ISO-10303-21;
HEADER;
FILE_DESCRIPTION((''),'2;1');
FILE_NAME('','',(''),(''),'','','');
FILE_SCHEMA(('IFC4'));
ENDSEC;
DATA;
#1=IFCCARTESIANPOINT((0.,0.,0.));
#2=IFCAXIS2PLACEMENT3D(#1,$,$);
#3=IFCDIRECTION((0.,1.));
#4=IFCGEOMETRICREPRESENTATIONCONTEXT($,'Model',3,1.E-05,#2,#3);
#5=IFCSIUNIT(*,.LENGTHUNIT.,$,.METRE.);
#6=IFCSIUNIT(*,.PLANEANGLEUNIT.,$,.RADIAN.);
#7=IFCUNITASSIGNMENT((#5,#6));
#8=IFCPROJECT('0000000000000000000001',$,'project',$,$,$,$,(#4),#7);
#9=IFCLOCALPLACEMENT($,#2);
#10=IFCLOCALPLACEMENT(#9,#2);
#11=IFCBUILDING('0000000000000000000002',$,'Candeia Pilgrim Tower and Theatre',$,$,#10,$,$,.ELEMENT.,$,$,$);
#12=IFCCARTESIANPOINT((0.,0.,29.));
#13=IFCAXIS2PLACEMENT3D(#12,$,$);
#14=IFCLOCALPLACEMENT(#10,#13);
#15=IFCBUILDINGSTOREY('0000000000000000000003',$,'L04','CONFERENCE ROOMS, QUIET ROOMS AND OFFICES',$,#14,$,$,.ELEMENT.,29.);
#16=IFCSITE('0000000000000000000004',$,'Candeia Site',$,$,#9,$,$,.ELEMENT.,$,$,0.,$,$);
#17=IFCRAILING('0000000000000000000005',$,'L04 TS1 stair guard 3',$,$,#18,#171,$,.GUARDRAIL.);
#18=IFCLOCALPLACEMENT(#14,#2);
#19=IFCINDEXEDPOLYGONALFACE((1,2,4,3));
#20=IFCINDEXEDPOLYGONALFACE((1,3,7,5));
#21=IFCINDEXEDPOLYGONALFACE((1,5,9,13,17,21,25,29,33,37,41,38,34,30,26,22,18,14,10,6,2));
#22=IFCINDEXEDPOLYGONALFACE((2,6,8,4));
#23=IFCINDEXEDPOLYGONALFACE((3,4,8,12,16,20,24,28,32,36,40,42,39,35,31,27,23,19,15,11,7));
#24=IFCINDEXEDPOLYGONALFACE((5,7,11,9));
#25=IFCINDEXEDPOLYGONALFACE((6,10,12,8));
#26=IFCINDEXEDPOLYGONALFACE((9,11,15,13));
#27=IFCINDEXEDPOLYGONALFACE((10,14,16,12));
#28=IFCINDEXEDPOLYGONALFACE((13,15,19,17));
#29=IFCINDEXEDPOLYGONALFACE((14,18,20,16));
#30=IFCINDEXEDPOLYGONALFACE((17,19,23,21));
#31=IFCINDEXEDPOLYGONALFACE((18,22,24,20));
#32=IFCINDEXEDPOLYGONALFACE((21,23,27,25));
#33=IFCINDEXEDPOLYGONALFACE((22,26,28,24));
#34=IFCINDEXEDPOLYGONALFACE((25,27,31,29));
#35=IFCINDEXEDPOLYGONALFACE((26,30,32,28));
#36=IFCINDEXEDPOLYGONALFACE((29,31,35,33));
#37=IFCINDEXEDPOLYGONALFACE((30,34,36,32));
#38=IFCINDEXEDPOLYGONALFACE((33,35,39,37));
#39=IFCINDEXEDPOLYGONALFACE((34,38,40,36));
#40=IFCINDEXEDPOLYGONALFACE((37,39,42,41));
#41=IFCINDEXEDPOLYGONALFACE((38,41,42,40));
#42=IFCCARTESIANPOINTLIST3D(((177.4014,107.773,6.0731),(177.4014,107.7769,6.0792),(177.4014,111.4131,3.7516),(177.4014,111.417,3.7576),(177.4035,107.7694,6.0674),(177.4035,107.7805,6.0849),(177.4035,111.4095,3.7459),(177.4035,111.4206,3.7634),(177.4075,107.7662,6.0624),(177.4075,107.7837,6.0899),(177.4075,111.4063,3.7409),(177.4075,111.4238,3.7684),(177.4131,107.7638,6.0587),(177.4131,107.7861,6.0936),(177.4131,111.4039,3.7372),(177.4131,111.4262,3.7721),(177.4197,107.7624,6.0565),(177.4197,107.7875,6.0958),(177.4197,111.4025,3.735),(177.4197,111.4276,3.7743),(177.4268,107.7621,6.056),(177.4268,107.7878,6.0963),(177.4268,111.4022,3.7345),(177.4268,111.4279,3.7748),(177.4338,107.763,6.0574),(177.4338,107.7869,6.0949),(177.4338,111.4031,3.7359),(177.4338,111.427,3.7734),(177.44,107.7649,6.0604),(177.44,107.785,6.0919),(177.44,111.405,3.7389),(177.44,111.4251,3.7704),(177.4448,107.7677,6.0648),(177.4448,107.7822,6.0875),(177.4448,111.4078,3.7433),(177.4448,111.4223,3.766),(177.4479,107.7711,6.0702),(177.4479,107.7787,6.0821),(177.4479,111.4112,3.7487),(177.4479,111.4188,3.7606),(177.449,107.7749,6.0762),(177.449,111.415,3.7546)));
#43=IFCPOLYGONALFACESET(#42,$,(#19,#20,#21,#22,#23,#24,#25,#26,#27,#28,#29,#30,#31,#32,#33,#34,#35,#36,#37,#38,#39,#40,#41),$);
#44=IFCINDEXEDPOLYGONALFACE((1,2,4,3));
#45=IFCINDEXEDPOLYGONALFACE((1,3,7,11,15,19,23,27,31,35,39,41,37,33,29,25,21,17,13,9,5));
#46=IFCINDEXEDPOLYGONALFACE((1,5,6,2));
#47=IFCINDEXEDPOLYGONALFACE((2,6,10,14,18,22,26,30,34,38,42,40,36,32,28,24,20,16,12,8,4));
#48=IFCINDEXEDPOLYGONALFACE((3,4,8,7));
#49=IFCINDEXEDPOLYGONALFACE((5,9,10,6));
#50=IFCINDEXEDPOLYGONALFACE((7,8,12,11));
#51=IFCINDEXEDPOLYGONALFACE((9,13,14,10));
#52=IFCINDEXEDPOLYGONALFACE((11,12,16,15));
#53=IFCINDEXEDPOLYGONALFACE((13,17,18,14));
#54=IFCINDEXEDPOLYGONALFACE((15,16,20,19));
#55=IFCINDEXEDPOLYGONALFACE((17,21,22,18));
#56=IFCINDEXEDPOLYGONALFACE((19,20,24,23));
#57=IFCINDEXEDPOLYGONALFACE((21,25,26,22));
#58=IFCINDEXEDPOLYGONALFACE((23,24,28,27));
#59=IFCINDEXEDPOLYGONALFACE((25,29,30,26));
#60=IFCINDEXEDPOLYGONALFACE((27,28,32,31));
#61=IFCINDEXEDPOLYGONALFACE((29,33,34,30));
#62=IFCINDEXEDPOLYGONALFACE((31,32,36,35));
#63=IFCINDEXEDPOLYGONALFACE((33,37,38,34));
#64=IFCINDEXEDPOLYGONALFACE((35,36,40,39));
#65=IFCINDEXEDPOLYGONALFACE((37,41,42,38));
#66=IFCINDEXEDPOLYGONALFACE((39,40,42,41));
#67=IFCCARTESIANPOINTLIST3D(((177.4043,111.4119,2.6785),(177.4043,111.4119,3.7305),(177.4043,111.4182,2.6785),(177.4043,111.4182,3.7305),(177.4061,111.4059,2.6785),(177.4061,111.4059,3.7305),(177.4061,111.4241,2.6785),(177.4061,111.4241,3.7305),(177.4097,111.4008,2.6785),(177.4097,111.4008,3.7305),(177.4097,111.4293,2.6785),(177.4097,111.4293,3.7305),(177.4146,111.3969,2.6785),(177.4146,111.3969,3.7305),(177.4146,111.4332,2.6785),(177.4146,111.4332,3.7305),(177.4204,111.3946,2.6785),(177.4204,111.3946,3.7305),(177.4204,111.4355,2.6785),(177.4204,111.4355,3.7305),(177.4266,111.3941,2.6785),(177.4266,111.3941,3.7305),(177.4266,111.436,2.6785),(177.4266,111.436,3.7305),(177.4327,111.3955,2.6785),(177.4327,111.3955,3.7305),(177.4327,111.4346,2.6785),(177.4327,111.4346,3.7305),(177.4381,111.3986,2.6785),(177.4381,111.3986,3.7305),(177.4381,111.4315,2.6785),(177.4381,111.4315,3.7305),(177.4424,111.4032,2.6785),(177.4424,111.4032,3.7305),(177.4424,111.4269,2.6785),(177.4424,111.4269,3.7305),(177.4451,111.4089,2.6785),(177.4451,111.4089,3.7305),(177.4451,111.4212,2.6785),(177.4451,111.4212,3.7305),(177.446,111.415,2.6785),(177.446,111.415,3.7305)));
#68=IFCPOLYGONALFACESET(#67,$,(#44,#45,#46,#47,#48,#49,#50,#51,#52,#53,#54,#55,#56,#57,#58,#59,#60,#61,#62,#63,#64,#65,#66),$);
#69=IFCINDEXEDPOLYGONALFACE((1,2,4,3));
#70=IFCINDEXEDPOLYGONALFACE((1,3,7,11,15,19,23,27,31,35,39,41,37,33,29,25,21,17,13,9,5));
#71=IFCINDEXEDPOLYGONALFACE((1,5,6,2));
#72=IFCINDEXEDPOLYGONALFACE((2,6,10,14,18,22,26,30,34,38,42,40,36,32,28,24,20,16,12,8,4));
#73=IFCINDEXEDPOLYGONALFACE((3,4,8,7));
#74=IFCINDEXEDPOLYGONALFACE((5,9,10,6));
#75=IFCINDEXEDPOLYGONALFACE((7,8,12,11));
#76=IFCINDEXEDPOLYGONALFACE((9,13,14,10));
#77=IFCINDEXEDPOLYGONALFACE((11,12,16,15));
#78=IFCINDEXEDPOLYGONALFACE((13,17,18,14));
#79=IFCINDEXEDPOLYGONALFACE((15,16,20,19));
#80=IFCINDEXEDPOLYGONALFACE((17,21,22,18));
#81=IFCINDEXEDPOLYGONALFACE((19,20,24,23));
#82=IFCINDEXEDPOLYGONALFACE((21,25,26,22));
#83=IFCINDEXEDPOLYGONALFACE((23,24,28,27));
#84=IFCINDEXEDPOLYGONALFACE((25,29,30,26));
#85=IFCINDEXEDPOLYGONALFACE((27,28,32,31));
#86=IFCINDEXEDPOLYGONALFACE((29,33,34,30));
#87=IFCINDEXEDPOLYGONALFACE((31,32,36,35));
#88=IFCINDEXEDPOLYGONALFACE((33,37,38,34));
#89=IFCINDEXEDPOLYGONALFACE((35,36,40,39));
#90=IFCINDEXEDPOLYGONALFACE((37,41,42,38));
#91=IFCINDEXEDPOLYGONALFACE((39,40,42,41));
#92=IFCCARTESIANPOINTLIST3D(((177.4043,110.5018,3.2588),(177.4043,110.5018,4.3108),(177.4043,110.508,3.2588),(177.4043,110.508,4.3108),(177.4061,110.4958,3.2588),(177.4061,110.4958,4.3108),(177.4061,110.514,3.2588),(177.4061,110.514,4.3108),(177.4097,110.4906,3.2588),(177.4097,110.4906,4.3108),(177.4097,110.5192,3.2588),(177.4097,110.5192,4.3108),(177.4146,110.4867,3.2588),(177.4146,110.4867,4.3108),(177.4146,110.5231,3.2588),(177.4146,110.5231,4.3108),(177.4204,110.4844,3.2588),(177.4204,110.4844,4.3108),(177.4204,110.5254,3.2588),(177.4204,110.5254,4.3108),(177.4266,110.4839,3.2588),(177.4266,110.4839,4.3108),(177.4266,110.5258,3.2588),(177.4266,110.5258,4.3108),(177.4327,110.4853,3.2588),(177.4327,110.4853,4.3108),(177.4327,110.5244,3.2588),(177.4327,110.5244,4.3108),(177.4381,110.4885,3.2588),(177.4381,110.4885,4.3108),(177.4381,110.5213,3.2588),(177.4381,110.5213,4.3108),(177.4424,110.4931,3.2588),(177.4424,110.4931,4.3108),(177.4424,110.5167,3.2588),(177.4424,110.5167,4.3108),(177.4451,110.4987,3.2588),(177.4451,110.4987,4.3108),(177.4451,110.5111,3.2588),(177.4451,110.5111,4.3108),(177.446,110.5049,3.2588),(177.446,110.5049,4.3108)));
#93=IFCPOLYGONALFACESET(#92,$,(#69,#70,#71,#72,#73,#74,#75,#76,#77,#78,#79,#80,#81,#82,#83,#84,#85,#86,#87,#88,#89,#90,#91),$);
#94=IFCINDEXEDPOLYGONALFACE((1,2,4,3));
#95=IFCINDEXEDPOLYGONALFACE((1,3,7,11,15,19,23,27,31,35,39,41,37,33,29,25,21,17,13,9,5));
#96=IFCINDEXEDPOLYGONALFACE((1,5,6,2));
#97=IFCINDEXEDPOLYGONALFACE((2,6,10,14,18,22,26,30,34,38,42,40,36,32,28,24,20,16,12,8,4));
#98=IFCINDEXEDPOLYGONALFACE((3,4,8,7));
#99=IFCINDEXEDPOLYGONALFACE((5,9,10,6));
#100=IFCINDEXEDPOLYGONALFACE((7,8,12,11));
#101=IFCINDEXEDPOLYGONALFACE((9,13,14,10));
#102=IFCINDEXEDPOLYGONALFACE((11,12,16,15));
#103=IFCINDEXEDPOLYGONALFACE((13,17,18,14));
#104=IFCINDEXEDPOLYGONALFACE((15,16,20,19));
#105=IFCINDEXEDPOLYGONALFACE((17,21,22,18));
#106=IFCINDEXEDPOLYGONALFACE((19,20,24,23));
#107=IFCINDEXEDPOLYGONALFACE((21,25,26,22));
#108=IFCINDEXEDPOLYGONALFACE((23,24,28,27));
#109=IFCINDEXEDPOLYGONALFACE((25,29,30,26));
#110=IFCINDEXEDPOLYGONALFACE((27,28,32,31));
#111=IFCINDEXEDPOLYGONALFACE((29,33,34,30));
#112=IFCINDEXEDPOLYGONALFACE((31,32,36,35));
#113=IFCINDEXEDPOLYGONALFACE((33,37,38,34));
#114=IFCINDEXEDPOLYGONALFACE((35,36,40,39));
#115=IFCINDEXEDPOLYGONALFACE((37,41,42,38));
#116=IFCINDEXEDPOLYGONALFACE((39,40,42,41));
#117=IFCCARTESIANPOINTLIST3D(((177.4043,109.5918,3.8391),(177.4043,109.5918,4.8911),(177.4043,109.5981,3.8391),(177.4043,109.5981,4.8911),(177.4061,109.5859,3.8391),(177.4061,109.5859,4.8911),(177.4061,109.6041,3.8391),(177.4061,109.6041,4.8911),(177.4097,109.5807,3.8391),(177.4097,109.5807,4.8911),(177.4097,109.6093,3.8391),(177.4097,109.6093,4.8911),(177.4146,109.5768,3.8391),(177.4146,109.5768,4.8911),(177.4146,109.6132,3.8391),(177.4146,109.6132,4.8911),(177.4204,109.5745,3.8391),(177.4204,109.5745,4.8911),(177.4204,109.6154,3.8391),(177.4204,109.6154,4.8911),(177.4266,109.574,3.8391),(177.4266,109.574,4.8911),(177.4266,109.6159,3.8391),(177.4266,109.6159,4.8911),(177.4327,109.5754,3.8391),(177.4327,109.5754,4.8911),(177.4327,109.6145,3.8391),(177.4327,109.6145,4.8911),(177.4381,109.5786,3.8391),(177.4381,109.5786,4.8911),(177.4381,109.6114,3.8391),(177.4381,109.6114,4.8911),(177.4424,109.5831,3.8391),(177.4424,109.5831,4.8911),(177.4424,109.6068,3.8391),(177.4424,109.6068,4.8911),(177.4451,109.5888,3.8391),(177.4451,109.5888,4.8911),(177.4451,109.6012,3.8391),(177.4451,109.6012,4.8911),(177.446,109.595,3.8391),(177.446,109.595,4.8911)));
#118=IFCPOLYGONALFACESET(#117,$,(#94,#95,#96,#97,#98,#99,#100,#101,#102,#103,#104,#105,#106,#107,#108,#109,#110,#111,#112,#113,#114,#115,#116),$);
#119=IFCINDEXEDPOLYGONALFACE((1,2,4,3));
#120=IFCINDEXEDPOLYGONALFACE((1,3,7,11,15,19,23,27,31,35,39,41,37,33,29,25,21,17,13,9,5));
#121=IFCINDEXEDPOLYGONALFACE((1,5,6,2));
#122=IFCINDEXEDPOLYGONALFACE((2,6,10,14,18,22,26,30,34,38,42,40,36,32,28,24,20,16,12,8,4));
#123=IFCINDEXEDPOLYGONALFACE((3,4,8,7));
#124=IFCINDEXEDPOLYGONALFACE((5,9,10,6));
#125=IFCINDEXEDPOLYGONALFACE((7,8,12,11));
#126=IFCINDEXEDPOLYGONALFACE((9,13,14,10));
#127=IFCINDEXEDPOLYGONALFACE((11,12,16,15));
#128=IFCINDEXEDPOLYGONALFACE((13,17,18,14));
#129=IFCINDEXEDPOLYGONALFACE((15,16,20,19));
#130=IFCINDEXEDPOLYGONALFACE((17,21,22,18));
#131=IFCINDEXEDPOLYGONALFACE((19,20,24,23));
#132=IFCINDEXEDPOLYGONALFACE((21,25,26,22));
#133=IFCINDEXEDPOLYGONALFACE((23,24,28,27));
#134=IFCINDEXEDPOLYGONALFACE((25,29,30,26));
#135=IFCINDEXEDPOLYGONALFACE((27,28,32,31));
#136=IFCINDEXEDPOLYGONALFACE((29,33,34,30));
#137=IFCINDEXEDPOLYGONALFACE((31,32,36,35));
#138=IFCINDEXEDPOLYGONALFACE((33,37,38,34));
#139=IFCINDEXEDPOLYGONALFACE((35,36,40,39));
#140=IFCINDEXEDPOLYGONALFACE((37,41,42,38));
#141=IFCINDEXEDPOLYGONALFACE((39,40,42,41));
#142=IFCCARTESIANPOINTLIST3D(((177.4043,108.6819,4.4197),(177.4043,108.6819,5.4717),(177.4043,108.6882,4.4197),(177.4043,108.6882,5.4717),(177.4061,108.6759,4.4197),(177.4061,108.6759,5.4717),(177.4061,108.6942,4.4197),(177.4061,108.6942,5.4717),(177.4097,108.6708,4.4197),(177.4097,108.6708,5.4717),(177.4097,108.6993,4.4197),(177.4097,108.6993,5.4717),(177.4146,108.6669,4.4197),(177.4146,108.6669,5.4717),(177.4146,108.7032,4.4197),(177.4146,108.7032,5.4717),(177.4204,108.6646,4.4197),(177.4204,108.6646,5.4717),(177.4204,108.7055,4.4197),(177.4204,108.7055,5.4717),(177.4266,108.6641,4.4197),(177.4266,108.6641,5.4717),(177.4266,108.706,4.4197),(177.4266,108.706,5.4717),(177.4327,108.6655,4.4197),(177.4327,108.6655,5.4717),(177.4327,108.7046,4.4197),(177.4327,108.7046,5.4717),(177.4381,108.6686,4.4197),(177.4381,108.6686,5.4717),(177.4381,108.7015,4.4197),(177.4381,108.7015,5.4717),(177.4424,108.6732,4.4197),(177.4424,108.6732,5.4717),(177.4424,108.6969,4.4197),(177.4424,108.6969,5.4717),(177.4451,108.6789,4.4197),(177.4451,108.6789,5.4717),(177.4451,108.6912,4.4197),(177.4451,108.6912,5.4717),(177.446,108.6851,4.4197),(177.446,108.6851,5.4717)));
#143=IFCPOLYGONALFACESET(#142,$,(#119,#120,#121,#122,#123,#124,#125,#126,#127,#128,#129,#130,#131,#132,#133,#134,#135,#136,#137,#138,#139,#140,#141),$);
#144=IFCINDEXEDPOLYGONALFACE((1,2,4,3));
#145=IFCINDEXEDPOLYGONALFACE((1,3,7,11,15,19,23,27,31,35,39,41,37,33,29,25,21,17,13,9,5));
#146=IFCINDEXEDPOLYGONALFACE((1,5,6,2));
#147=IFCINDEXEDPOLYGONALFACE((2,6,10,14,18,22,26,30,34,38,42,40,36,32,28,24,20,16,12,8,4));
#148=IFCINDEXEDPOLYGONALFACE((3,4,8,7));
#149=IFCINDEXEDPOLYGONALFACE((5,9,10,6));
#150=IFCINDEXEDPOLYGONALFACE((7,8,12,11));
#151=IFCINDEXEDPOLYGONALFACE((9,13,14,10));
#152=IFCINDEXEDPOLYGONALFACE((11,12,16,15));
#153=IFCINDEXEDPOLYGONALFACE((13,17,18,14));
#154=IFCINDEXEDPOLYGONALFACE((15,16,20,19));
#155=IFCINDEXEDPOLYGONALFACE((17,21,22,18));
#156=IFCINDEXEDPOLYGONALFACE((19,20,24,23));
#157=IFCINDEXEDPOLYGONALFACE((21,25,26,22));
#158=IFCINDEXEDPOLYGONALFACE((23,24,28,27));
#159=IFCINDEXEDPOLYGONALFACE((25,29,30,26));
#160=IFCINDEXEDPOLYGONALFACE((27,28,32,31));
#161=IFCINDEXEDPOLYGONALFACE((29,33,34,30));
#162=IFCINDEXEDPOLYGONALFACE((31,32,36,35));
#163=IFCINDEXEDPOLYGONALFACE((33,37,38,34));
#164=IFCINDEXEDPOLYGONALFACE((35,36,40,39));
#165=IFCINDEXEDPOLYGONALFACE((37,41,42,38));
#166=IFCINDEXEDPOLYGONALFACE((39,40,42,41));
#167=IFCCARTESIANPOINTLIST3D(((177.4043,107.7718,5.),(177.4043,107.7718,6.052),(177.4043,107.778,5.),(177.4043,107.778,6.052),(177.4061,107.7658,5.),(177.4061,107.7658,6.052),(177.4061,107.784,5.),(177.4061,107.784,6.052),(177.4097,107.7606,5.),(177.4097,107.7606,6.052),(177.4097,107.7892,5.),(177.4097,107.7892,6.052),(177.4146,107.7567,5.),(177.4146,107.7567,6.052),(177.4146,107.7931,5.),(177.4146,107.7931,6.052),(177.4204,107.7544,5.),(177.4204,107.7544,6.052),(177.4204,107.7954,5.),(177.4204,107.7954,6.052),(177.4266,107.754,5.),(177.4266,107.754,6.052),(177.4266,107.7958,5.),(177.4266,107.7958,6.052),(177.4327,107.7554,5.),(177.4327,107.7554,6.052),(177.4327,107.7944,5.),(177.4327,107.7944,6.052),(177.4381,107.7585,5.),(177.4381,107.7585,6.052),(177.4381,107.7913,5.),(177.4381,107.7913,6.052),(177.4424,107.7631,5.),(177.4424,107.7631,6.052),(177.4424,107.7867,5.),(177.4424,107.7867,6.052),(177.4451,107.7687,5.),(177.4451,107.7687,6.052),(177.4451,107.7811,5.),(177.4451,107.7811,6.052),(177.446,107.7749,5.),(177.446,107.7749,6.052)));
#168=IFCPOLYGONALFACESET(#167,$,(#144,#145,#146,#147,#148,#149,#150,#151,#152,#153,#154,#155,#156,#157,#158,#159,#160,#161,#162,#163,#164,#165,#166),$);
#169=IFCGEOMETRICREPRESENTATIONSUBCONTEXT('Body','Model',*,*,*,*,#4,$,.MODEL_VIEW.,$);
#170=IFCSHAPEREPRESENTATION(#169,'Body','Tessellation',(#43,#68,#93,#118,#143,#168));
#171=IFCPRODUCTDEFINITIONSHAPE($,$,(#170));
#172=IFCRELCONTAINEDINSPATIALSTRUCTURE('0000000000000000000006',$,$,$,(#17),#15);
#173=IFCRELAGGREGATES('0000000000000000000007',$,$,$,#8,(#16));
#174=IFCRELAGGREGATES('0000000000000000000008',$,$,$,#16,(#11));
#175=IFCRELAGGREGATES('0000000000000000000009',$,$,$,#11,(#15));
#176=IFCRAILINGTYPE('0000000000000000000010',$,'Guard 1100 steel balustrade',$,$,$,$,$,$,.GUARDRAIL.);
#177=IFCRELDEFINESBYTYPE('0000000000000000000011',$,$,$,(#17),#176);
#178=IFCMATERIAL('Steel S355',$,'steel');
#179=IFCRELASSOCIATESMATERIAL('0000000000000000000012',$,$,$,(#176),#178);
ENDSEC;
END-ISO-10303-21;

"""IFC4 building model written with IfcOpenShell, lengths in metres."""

from ifc_helpers import new_model, si_unit, direction, frame, origin, origin_2d, place, context, subcontext, project, spatial, circle, extrude, material, type_object, element, save


model = new_model("IFC4")

# Units and contexts
model_context = context("Model", 3, precision=1e-05, world=origin(), true_north=direction((0.0, 1.0)))
body_context = subcontext(model_context, "Body", "Model", "MODEL_VIEW")
ifc_project = project(units=[si_unit("LENGTHUNIT", "METRE"), si_unit("PLANEANGLEUNIT", "RADIAN")], contexts=[model_context])

# Site, building, storey
site_placement = place(None, origin())
site = spatial("IfcSite", under=ifc_project, at=site_placement, Name="Candeia Site", CompositionType="ELEMENT", RefElevation=0.0)
building_placement = place(site_placement, origin())
building = spatial("IfcBuilding", under=site, at=building_placement, Name="Candeia Pilgrim Tower and Theatre", CompositionType="ELEMENT")
storey_placement = place(building_placement, frame((0.0, 0.0, 29.0)))
storey = spatial("IfcBuildingStorey", under=building, at=storey_placement, Name="L04", Description="CONFERENCE ROOMS, QUIET ROOMS AND OFFICES", CompositionType="ELEMENT", Elevation=29.0)

# Railing
ifc_material_1 = material(Name="Steel S355", Category="steel")
railing_type_1 = type_object("IfcRailingType", Name="Guard 1100 steel balustrade", PredefinedType="GUARDRAIL", material=ifc_material_1)
railing_1_placement = place(storey_placement, frame((177.425, 111.415, 2.6785)))
element("IfcRailing", 1, at=railing_1_placement, inside=storey, type_object=railing_type_1, Name="L04 TS1 stair guard 3", PredefinedType="GUARDRAIL", context=body_context, shape_type="SweptSolid", body=[
    extrude(circle(Radius=0.0239, at=origin_2d()), frame((0.0, 0.0, 1.0762), z_axis=(0.0, -0.843128, 0.537713), x_axis=(1.0, 0.0, 0.0)), (0.0, 0.0, 1.0), 4.3174),
    extrude(circle(Radius=0.021, at=origin_2d()), origin(), (0.0, 0.0, 1.0), 1.052),
    extrude(circle(Radius=0.021, at=origin_2d()), frame((0.0, -0.9102, 0.5803)), (0.0, 0.0, 1.0), 1.052),
    extrude(circle(Radius=0.021, at=origin_2d()), frame((0.0, -1.8201, 1.1606)), (0.0, 0.0, 1.0), 1.052),
    extrude(circle(Radius=0.021, at=origin_2d()), frame((0.0, -2.73, 1.7412)), (0.0, 0.0, 1.0), 1.052),
    extrude(circle(Radius=0.021, at=origin_2d()), frame((0.0, -3.6401, 2.3215)), (0.0, 0.0, 1.0), 1.052),
])

save(model, "model.ifc")
